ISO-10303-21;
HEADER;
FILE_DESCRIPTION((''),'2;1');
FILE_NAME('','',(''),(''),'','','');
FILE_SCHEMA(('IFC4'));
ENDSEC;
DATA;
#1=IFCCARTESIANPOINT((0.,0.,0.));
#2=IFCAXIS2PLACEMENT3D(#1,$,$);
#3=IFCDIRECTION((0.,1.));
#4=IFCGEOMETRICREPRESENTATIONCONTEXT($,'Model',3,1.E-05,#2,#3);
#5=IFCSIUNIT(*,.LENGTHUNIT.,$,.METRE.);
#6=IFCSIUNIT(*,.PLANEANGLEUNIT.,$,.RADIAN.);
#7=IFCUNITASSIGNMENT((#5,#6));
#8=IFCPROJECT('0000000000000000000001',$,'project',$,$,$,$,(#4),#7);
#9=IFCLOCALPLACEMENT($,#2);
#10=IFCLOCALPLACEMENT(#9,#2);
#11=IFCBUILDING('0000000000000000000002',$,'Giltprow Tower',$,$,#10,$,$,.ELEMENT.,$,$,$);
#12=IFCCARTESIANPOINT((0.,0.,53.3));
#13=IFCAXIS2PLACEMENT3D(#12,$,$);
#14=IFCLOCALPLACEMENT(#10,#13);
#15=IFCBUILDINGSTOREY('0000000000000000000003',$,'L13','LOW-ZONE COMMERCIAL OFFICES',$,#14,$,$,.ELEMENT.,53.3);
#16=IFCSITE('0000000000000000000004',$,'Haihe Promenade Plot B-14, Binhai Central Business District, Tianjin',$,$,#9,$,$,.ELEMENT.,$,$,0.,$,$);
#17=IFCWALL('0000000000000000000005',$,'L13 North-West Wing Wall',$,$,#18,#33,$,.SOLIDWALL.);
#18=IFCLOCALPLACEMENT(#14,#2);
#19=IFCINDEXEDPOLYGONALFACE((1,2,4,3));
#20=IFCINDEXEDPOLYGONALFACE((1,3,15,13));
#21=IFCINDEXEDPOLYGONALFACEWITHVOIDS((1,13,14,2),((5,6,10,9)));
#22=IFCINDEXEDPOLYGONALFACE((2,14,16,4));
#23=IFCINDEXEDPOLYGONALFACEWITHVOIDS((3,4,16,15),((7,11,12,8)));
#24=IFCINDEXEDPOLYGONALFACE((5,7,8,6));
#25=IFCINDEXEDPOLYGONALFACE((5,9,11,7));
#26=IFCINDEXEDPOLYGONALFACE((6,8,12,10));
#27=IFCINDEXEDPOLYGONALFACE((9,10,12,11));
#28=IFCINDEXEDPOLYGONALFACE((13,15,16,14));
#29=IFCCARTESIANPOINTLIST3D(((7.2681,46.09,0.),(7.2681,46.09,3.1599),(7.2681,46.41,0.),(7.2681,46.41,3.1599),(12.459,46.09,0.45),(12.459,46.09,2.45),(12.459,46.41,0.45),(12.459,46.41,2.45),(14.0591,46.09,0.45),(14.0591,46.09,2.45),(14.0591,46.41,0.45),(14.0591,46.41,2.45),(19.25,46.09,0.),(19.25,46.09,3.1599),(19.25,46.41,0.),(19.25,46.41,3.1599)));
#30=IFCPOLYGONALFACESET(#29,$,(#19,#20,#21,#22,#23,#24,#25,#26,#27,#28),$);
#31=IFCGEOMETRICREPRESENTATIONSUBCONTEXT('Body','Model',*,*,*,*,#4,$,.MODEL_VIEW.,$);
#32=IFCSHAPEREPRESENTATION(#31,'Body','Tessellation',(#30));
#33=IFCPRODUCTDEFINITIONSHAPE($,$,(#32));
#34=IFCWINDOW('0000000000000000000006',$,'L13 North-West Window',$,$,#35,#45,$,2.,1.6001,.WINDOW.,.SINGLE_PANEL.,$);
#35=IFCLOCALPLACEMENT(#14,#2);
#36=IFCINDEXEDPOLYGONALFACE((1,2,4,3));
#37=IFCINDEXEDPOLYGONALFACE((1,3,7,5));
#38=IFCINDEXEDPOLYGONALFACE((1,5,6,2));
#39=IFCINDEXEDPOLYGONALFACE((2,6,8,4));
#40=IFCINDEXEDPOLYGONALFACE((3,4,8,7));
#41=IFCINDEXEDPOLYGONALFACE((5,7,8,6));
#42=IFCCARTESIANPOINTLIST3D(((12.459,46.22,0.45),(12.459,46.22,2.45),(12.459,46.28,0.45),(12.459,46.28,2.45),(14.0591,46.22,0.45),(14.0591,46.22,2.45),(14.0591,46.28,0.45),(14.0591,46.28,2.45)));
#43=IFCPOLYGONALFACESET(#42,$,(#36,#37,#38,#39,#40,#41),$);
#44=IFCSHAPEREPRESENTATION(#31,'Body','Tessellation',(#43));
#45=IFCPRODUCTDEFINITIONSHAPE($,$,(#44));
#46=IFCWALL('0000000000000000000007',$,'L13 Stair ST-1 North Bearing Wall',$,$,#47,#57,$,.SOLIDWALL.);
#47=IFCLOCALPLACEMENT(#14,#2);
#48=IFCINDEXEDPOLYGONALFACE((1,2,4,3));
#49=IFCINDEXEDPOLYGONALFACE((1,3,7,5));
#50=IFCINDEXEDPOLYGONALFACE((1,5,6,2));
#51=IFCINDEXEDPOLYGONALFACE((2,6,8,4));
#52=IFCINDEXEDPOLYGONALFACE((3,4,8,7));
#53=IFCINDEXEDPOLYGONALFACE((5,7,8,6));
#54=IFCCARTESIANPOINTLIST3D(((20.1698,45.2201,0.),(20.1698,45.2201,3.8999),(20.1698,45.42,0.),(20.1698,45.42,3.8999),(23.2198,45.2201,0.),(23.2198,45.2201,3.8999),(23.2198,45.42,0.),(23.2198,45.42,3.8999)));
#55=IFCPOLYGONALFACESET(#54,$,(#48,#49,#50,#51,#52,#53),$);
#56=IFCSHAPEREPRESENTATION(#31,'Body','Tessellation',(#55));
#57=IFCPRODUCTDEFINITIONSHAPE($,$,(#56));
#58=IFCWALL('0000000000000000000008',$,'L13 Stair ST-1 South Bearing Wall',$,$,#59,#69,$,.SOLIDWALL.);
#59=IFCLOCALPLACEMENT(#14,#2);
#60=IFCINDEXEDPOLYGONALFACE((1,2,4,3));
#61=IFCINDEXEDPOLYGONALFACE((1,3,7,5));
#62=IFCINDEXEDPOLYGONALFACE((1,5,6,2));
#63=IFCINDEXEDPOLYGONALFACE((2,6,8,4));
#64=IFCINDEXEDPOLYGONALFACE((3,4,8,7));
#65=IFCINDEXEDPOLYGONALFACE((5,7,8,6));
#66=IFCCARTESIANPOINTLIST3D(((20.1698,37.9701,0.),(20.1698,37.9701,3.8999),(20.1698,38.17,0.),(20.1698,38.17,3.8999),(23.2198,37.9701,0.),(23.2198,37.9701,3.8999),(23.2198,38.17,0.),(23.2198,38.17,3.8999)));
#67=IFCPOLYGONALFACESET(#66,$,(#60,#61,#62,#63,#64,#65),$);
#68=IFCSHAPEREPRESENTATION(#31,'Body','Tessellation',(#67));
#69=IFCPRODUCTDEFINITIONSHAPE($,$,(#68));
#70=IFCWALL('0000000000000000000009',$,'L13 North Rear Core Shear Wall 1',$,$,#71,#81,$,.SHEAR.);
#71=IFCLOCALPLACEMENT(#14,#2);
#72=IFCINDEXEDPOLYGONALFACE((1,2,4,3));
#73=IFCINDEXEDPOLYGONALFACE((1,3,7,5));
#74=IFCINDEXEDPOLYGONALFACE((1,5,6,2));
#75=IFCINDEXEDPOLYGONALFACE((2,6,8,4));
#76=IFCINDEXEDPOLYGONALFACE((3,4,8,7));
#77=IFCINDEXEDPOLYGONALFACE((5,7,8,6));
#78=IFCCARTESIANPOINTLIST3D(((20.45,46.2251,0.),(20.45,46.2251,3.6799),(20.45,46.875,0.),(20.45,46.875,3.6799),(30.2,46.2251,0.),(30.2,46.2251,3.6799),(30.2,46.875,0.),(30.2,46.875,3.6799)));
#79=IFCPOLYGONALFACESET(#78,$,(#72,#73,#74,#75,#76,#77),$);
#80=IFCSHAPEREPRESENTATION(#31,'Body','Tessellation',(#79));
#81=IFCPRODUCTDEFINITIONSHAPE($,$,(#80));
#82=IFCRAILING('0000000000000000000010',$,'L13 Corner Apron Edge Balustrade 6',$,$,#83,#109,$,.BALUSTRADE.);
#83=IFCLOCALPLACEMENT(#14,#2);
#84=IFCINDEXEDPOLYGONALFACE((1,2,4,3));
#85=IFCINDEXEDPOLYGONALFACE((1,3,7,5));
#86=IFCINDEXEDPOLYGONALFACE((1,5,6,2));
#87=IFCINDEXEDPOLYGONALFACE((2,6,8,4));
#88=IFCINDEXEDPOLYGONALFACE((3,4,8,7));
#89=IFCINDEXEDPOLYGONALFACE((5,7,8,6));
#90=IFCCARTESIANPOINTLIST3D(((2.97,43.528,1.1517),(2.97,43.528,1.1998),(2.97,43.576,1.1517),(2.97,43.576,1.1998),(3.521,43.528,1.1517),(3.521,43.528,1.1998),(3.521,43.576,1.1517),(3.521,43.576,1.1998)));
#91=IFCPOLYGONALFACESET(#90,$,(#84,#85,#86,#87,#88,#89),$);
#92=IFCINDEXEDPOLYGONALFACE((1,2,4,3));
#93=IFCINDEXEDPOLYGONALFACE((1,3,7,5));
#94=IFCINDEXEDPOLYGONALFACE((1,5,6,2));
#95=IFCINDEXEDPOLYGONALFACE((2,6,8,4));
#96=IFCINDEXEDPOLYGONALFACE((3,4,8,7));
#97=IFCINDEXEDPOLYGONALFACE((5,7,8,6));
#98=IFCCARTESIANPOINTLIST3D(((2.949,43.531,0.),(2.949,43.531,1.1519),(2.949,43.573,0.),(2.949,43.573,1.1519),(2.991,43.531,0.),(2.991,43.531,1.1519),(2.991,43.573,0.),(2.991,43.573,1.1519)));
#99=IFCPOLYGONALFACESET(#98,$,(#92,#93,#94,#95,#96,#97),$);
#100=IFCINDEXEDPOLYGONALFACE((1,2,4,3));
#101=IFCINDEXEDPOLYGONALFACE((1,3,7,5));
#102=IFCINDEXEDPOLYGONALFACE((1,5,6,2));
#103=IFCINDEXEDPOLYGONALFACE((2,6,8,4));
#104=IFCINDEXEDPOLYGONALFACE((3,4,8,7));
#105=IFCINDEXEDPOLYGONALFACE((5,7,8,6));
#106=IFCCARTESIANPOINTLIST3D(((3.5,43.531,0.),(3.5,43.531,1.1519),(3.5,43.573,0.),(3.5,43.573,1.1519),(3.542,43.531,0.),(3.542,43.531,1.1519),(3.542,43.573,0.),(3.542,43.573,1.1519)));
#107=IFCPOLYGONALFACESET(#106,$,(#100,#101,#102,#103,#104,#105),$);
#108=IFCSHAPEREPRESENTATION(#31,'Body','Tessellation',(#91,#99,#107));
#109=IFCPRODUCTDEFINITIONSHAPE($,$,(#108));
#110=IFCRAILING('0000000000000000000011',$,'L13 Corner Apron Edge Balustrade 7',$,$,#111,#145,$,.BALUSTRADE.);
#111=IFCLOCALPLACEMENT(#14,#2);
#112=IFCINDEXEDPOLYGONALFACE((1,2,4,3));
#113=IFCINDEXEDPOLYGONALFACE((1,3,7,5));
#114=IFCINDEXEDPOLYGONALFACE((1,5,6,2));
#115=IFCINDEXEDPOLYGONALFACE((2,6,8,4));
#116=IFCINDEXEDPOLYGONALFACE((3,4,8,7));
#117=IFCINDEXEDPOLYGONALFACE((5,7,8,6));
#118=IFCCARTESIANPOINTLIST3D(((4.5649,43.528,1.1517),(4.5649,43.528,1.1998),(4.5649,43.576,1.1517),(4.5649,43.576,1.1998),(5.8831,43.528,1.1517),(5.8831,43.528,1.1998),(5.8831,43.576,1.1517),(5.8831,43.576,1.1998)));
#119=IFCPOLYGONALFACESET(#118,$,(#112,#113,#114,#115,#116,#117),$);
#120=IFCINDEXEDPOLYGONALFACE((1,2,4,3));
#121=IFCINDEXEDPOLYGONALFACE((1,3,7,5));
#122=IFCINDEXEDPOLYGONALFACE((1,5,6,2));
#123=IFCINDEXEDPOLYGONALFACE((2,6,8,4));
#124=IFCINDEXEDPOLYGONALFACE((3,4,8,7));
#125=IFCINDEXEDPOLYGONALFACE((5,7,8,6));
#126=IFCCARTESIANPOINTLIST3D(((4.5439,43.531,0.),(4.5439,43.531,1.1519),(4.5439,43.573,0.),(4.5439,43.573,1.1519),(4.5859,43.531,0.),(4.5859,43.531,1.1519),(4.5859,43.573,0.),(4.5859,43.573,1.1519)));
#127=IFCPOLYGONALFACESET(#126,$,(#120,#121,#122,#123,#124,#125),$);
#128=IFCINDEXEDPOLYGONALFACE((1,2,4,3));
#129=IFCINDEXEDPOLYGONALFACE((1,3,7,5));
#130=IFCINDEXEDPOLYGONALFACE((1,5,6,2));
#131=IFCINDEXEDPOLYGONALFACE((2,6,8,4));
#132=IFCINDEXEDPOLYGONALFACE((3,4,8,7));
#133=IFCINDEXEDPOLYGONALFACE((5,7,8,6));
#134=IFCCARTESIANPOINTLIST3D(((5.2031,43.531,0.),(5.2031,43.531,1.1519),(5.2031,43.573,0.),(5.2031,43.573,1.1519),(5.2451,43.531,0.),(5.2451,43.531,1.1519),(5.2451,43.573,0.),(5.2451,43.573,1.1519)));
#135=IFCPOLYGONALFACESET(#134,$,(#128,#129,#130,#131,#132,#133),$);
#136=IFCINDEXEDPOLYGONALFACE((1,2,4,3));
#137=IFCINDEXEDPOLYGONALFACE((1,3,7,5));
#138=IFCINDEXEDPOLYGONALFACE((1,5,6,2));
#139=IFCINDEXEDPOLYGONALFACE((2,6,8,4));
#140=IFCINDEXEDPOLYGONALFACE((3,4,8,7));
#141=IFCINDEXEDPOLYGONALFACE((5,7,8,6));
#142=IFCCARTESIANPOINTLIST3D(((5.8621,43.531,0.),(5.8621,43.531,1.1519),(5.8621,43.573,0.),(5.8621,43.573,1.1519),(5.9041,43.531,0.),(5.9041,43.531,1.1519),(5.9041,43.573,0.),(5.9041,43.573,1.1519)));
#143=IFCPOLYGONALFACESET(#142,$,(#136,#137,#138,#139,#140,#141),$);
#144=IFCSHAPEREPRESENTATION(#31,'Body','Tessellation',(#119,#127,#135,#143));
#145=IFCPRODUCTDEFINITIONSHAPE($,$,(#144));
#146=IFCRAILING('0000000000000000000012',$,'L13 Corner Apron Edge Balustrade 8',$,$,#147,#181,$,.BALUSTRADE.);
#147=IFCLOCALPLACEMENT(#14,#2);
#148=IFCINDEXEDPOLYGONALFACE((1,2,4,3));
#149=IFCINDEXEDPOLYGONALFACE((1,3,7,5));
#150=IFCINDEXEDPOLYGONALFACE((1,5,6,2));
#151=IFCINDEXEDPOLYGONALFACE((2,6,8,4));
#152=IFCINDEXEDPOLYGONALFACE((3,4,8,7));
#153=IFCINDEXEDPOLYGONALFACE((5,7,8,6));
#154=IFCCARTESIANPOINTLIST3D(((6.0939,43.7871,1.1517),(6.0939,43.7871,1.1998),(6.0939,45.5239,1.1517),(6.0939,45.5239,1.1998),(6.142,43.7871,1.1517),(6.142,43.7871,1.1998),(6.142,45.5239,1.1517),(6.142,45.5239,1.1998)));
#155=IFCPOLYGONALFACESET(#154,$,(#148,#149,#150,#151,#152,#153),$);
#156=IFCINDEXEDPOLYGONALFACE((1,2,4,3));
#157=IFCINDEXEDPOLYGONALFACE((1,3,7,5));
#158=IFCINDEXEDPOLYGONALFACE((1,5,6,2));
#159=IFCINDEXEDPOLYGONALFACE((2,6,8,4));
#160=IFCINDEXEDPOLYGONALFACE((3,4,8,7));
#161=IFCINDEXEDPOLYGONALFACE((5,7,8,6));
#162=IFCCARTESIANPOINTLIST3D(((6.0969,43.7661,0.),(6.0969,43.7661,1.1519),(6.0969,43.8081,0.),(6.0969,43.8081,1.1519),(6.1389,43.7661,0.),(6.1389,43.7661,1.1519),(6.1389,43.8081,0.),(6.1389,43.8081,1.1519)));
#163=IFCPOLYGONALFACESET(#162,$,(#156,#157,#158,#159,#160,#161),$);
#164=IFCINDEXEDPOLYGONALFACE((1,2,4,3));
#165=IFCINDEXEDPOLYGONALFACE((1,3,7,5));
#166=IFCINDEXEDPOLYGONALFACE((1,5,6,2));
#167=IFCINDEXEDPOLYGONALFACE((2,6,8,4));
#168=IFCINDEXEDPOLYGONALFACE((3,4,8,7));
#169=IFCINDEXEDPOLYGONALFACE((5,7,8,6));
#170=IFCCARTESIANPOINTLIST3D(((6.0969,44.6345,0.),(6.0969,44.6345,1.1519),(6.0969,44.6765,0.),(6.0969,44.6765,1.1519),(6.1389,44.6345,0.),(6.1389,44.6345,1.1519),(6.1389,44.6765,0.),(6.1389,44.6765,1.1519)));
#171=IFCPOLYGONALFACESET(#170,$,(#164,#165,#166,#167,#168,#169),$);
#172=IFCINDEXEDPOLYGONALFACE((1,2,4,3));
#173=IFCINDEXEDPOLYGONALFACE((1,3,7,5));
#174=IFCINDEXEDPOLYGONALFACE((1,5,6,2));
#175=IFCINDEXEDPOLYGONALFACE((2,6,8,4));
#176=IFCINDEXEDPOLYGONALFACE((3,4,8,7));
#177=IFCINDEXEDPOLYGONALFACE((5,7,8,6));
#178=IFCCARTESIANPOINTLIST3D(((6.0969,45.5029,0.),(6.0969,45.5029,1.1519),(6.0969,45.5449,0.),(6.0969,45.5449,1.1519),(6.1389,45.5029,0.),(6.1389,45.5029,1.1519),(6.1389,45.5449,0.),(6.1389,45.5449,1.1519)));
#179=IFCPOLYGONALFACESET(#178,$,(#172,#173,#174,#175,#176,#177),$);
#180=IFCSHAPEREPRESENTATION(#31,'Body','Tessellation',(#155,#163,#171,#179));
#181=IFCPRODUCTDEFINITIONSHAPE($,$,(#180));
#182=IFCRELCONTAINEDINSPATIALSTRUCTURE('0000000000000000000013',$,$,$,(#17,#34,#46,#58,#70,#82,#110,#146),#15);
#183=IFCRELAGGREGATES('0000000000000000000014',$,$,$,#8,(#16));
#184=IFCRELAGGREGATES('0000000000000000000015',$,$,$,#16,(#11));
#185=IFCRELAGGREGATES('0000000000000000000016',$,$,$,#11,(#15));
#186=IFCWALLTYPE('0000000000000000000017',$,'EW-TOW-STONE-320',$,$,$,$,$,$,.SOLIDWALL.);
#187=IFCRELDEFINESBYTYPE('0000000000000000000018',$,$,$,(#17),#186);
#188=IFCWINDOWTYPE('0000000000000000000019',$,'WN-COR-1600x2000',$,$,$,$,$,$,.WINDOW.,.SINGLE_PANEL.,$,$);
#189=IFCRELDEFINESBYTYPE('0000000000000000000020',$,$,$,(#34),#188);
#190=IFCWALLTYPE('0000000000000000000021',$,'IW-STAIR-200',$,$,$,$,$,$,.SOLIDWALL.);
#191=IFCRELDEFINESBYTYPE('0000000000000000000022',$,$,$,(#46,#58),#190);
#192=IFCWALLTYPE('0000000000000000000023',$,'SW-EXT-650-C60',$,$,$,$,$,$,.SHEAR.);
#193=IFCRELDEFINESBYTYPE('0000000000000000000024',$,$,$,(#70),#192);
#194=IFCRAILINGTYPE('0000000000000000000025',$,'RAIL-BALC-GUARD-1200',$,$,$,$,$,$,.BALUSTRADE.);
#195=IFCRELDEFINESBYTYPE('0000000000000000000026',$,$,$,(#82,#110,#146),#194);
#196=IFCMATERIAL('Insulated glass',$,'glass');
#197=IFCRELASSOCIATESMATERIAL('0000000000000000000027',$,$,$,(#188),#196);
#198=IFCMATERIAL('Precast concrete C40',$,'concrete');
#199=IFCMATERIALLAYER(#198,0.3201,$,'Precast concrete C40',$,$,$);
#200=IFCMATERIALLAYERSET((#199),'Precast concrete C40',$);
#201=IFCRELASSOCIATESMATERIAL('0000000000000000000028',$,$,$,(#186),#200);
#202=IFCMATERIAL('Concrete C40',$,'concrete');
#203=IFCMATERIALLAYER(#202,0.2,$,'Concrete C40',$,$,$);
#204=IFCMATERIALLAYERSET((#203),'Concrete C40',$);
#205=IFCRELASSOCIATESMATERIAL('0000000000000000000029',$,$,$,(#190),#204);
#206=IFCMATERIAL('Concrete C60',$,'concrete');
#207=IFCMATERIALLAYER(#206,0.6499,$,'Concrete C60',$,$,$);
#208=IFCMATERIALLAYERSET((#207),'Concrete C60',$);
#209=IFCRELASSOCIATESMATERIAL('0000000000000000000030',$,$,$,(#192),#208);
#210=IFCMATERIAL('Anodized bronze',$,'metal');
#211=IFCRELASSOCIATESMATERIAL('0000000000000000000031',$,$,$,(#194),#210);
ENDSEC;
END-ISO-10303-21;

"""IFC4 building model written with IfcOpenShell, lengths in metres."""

from ifc_helpers import new_model, si_unit, direction, frame, frame_2d, origin, origin_2d, place, context, subcontext, project, spatial, rectangle, extrude, source, transform, mapped, material, layer, layer_set, type_object, element, fill, save


model = new_model("IFC4")

# Units and contexts
model_context = context("Model", 3, precision=1e-05, world=origin(), true_north=direction((0.0, 1.0)))
body_context = subcontext(model_context, "Body", "Model", "MODEL_VIEW")
ifc_project = project(units=[si_unit("LENGTHUNIT", "METRE"), si_unit("PLANEANGLEUNIT", "RADIAN")], contexts=[model_context])

# Site, building, storey
site_placement = place(None, origin())
site = spatial("IfcSite", under=ifc_project, at=site_placement, Name="Haihe Promenade Plot B-14, Binhai Central Business District, Tianjin", CompositionType="ELEMENT", RefElevation=0.0)
building_placement = place(site_placement, origin())
building = spatial("IfcBuilding", under=site, at=building_placement, Name="Giltprow Tower", CompositionType="ELEMENT")
storey_placement = place(building_placement, frame((0.0, 0.0, 53.3)))
storey = spatial("IfcBuildingStorey", under=building, at=storey_placement, Name="L13", Description="LOW-ZONE COMMERCIAL OFFICES", CompositionType="ELEMENT", Elevation=53.3)

# Shared definitions
ifc_material_1 = material(Name="Concrete C60", Category="concrete")

# Wall, opening, window
ifc_material_2 = material(Name="Precast concrete C40", Category="concrete")
ifc_material_3 = material(Name="Insulated glass", Category="glass")
window_type = type_object("IfcWindowType", Name="WN-COR-1600x2000", PartitioningType="SINGLE_PANEL", PredefinedType="WINDOW", material=ifc_material_3)
shared_shape_1 = source(origin(), body_context, "Body", "SweptSolid", [
    extrude(rectangle(XDim=1.6001, YDim=2.0, at=frame_2d((0.8, 1.0))), frame((0.0, 0.03, 0.0), z_axis=(0.0, -1.0, 0.0), x_axis=(1.0, 0.0, 0.0)), (0.0, 0.0, 1.0), 0.0601),
])
ifc_layer_1 = layer(ifc_material_2, 0.3201, Name="Precast concrete C40")
ifc_layer_set_1 = layer_set([ifc_layer_1], Name="Precast concrete C40")
wall_type_1 = type_object("IfcWallType", Name="EW-TOW-STONE-320", PredefinedType="SOLIDWALL", material=ifc_layer_set_1)
wall_1_placement = place(storey_placement, frame((7.2681, 46.25, 0.0), z_axis=(0.0, 0.0, 1.0), x_axis=(1.0, 0.0, 0.0)))
wall_1 = element("IfcWall", 1, at=wall_1_placement, inside=storey, type_object=wall_type_1, Name="L13 North-West Wing Wall", PredefinedType="SOLIDWALL", context=body_context, shape_type="SweptSolid", body=[
    extrude(rectangle(XDim=11.9819, YDim=0.3201, at=frame_2d((5.991, 0.0))), origin(), (0.0, 0.0, 1.0), 3.1599),
])
opening_1_placement = place(wall_1_placement, frame((5.1909, 0.0, 0.45)))
opening_1 = element("IfcOpeningElement", 2, at=opening_1_placement, cuts=wall_1, PredefinedType="OPENING", context=body_context, shape_type="SweptSolid", body=[
    extrude(rectangle(XDim=1.6001, YDim=2.0, at=frame_2d((0.8, 1.0))), frame((0.0, 0.1699, 0.0), z_axis=(0.0, -1.0, 0.0), x_axis=(1.0, 0.0, 0.0)), (0.0, 0.0, 1.0), 0.3401),
])
window_1_placement = place(opening_1_placement, origin())
window_1 = element("IfcWindow", 3, at=window_1_placement, inside=storey, type_object=window_type, Name="L13 North-West Window", OverallHeight=2.0, OverallWidth=1.6001, PartitioningType="SINGLE_PANEL", PredefinedType="WINDOW", context=body_context, shape_type="MappedRepresentation", body=[
    mapped(shared_shape_1, transform((0.0, 0.0, 0.0), x_axis=(1.0, 0.0, 0.0), y_axis=(0.0, 1.0, 0.0), z_axis=(0.0, 0.0, 1.0), scale=1.0)),
])
fill(opening_1, window_1)

# Walls
ifc_material_4 = material(Name="Concrete C40", Category="concrete")
ifc_layer_2 = layer(ifc_material_4, 0.2, Name="Concrete C40")
ifc_layer_set_2 = layer_set([ifc_layer_2], Name="Concrete C40")
wall_type_2 = type_object("IfcWallType", Name="IW-STAIR-200", PredefinedType="SOLIDWALL", material=ifc_layer_set_2)
for number, where, z_axis, x_axis, name in (
    (4, (20.1699, 45.3201, 0.0), (0.0, 0.0, 1.0), (1.0, 0.0, 0.0), "L13 Stair ST-1 North Bearing Wall"),
    (5, (20.1699, 38.0701, 0.0), (0.0, 0.0, 1.0), (1.0, 0.0, 0.0), "L13 Stair ST-1 South Bearing Wall"),
):
    element("IfcWall", number, at=place(storey_placement, frame(where, z_axis=z_axis, x_axis=x_axis)), inside=storey, type_object=wall_type_2, Name=name, PredefinedType="SOLIDWALL", context=body_context, shape_type="SweptSolid", body=[
        extrude(rectangle(XDim=3.05, YDim=0.2, at=frame_2d((1.5249, 0.0))), origin(), (0.0, 0.0, 1.0), 3.8999),
    ])
ifc_layer_3 = layer(ifc_material_1, 0.6499, Name="Concrete C60")
ifc_layer_set_3 = layer_set([ifc_layer_3], Name="Concrete C60")
wall_type_3 = type_object("IfcWallType", Name="SW-EXT-650-C60", PredefinedType="SHEAR", material=ifc_layer_set_3)
wall_2_placement = place(storey_placement, frame((20.45, 46.55, 0.0), z_axis=(0.0, 0.0, 1.0), x_axis=(1.0, 0.0, 0.0)))
element("IfcWall", 6, at=wall_2_placement, inside=storey, type_object=wall_type_3, Name="L13 North Rear Core Shear Wall 1", PredefinedType="SHEAR", context=body_context, shape_type="SweptSolid", body=[
    extrude(rectangle(XDim=9.75, YDim=0.6499, at=frame_2d((4.875, 0.0))), origin(), (0.0, 0.0, 1.0), 3.6799),
])

# Railings
ifc_material_5 = material(Name="Anodized bronze", Category="metal")
railing_type_1 = type_object("IfcRailingType", Name="RAIL-BALC-GUARD-1200", PredefinedType="BALUSTRADE", material=ifc_material_5)
railing_1_placement = place(storey_placement, frame((2.97, 43.552, 0.0)))
element("IfcRailing", 7, at=railing_1_placement, inside=storey, type_object=railing_type_1, Name="L13 Corner Apron Edge Balustrade 6", PredefinedType="BALUSTRADE", context=body_context, shape_type="SweptSolid", body=[
    extrude(rectangle(XDim=0.0481, YDim=0.0481, at=origin_2d()), frame((0.0, 0.0, 1.1758), z_axis=(1.0, 0.0, 0.0), x_axis=(0.0, 1.0, 0.0)), (0.0, 0.0, 1.0), 0.551),
    extrude(rectangle(XDim=0.042, YDim=0.042, at=origin_2d()), origin(), (0.0, 0.0, 1.0), 1.1519),
    extrude(rectangle(XDim=0.042, YDim=0.042, at=origin_2d()), frame((0.551, 0.0, 0.0)), (0.0, 0.0, 1.0), 1.1519),
])
railing_2_placement = place(storey_placement, frame((4.5649, 43.552, 0.0)))
element("IfcRailing", 8, at=railing_2_placement, inside=storey, type_object=railing_type_1, Name="L13 Corner Apron Edge Balustrade 7", PredefinedType="BALUSTRADE", context=body_context, shape_type="SweptSolid", body=[
    extrude(rectangle(XDim=0.0481, YDim=0.0481, at=origin_2d()), frame((0.0, 0.0, 1.1758), z_axis=(1.0, 0.0, 0.0), x_axis=(0.0, 1.0, 0.0)), (0.0, 0.0, 1.0), 1.3181),
    extrude(rectangle(XDim=0.042, YDim=0.042, at=origin_2d()), origin(), (0.0, 0.0, 1.0), 1.1519),
    extrude(rectangle(XDim=0.042, YDim=0.042, at=origin_2d()), frame((0.6592, 0.0, 0.0)), (0.0, 0.0, 1.0), 1.1519),
    extrude(rectangle(XDim=0.042, YDim=0.042, at=origin_2d()), frame((1.3181, 0.0, 0.0)), (0.0, 0.0, 1.0), 1.1519),
])
railing_3_placement = place(storey_placement, frame((6.1179, 43.7871, 0.0)))
element("IfcRailing", 9, at=railing_3_placement, inside=storey, type_object=railing_type_1, Name="L13 Corner Apron Edge Balustrade 8", PredefinedType="BALUSTRADE", context=body_context, shape_type="SweptSolid", body=[
    extrude(rectangle(XDim=0.0481, YDim=0.0481, at=origin_2d()), frame((0.0, 0.0, 1.1758), z_axis=(0.0, 1.0, 0.0), x_axis=(-1.0, 0.0, 0.0)), (0.0, 0.0, 1.0), 1.7368),
    extrude(rectangle(XDim=0.042, YDim=0.042, at=origin_2d()), origin(), (0.0, 0.0, 1.0), 1.1519),
    extrude(rectangle(XDim=0.042, YDim=0.042, at=origin_2d()), frame((0.0, 0.8684, 0.0)), (0.0, 0.0, 1.0), 1.1519),
    extrude(rectangle(XDim=0.042, YDim=0.042, at=origin_2d()), frame((0.0, 1.7368, 0.0)), (0.0, 0.0, 1.0), 1.1519),
])

save(model, "model.ifc")
